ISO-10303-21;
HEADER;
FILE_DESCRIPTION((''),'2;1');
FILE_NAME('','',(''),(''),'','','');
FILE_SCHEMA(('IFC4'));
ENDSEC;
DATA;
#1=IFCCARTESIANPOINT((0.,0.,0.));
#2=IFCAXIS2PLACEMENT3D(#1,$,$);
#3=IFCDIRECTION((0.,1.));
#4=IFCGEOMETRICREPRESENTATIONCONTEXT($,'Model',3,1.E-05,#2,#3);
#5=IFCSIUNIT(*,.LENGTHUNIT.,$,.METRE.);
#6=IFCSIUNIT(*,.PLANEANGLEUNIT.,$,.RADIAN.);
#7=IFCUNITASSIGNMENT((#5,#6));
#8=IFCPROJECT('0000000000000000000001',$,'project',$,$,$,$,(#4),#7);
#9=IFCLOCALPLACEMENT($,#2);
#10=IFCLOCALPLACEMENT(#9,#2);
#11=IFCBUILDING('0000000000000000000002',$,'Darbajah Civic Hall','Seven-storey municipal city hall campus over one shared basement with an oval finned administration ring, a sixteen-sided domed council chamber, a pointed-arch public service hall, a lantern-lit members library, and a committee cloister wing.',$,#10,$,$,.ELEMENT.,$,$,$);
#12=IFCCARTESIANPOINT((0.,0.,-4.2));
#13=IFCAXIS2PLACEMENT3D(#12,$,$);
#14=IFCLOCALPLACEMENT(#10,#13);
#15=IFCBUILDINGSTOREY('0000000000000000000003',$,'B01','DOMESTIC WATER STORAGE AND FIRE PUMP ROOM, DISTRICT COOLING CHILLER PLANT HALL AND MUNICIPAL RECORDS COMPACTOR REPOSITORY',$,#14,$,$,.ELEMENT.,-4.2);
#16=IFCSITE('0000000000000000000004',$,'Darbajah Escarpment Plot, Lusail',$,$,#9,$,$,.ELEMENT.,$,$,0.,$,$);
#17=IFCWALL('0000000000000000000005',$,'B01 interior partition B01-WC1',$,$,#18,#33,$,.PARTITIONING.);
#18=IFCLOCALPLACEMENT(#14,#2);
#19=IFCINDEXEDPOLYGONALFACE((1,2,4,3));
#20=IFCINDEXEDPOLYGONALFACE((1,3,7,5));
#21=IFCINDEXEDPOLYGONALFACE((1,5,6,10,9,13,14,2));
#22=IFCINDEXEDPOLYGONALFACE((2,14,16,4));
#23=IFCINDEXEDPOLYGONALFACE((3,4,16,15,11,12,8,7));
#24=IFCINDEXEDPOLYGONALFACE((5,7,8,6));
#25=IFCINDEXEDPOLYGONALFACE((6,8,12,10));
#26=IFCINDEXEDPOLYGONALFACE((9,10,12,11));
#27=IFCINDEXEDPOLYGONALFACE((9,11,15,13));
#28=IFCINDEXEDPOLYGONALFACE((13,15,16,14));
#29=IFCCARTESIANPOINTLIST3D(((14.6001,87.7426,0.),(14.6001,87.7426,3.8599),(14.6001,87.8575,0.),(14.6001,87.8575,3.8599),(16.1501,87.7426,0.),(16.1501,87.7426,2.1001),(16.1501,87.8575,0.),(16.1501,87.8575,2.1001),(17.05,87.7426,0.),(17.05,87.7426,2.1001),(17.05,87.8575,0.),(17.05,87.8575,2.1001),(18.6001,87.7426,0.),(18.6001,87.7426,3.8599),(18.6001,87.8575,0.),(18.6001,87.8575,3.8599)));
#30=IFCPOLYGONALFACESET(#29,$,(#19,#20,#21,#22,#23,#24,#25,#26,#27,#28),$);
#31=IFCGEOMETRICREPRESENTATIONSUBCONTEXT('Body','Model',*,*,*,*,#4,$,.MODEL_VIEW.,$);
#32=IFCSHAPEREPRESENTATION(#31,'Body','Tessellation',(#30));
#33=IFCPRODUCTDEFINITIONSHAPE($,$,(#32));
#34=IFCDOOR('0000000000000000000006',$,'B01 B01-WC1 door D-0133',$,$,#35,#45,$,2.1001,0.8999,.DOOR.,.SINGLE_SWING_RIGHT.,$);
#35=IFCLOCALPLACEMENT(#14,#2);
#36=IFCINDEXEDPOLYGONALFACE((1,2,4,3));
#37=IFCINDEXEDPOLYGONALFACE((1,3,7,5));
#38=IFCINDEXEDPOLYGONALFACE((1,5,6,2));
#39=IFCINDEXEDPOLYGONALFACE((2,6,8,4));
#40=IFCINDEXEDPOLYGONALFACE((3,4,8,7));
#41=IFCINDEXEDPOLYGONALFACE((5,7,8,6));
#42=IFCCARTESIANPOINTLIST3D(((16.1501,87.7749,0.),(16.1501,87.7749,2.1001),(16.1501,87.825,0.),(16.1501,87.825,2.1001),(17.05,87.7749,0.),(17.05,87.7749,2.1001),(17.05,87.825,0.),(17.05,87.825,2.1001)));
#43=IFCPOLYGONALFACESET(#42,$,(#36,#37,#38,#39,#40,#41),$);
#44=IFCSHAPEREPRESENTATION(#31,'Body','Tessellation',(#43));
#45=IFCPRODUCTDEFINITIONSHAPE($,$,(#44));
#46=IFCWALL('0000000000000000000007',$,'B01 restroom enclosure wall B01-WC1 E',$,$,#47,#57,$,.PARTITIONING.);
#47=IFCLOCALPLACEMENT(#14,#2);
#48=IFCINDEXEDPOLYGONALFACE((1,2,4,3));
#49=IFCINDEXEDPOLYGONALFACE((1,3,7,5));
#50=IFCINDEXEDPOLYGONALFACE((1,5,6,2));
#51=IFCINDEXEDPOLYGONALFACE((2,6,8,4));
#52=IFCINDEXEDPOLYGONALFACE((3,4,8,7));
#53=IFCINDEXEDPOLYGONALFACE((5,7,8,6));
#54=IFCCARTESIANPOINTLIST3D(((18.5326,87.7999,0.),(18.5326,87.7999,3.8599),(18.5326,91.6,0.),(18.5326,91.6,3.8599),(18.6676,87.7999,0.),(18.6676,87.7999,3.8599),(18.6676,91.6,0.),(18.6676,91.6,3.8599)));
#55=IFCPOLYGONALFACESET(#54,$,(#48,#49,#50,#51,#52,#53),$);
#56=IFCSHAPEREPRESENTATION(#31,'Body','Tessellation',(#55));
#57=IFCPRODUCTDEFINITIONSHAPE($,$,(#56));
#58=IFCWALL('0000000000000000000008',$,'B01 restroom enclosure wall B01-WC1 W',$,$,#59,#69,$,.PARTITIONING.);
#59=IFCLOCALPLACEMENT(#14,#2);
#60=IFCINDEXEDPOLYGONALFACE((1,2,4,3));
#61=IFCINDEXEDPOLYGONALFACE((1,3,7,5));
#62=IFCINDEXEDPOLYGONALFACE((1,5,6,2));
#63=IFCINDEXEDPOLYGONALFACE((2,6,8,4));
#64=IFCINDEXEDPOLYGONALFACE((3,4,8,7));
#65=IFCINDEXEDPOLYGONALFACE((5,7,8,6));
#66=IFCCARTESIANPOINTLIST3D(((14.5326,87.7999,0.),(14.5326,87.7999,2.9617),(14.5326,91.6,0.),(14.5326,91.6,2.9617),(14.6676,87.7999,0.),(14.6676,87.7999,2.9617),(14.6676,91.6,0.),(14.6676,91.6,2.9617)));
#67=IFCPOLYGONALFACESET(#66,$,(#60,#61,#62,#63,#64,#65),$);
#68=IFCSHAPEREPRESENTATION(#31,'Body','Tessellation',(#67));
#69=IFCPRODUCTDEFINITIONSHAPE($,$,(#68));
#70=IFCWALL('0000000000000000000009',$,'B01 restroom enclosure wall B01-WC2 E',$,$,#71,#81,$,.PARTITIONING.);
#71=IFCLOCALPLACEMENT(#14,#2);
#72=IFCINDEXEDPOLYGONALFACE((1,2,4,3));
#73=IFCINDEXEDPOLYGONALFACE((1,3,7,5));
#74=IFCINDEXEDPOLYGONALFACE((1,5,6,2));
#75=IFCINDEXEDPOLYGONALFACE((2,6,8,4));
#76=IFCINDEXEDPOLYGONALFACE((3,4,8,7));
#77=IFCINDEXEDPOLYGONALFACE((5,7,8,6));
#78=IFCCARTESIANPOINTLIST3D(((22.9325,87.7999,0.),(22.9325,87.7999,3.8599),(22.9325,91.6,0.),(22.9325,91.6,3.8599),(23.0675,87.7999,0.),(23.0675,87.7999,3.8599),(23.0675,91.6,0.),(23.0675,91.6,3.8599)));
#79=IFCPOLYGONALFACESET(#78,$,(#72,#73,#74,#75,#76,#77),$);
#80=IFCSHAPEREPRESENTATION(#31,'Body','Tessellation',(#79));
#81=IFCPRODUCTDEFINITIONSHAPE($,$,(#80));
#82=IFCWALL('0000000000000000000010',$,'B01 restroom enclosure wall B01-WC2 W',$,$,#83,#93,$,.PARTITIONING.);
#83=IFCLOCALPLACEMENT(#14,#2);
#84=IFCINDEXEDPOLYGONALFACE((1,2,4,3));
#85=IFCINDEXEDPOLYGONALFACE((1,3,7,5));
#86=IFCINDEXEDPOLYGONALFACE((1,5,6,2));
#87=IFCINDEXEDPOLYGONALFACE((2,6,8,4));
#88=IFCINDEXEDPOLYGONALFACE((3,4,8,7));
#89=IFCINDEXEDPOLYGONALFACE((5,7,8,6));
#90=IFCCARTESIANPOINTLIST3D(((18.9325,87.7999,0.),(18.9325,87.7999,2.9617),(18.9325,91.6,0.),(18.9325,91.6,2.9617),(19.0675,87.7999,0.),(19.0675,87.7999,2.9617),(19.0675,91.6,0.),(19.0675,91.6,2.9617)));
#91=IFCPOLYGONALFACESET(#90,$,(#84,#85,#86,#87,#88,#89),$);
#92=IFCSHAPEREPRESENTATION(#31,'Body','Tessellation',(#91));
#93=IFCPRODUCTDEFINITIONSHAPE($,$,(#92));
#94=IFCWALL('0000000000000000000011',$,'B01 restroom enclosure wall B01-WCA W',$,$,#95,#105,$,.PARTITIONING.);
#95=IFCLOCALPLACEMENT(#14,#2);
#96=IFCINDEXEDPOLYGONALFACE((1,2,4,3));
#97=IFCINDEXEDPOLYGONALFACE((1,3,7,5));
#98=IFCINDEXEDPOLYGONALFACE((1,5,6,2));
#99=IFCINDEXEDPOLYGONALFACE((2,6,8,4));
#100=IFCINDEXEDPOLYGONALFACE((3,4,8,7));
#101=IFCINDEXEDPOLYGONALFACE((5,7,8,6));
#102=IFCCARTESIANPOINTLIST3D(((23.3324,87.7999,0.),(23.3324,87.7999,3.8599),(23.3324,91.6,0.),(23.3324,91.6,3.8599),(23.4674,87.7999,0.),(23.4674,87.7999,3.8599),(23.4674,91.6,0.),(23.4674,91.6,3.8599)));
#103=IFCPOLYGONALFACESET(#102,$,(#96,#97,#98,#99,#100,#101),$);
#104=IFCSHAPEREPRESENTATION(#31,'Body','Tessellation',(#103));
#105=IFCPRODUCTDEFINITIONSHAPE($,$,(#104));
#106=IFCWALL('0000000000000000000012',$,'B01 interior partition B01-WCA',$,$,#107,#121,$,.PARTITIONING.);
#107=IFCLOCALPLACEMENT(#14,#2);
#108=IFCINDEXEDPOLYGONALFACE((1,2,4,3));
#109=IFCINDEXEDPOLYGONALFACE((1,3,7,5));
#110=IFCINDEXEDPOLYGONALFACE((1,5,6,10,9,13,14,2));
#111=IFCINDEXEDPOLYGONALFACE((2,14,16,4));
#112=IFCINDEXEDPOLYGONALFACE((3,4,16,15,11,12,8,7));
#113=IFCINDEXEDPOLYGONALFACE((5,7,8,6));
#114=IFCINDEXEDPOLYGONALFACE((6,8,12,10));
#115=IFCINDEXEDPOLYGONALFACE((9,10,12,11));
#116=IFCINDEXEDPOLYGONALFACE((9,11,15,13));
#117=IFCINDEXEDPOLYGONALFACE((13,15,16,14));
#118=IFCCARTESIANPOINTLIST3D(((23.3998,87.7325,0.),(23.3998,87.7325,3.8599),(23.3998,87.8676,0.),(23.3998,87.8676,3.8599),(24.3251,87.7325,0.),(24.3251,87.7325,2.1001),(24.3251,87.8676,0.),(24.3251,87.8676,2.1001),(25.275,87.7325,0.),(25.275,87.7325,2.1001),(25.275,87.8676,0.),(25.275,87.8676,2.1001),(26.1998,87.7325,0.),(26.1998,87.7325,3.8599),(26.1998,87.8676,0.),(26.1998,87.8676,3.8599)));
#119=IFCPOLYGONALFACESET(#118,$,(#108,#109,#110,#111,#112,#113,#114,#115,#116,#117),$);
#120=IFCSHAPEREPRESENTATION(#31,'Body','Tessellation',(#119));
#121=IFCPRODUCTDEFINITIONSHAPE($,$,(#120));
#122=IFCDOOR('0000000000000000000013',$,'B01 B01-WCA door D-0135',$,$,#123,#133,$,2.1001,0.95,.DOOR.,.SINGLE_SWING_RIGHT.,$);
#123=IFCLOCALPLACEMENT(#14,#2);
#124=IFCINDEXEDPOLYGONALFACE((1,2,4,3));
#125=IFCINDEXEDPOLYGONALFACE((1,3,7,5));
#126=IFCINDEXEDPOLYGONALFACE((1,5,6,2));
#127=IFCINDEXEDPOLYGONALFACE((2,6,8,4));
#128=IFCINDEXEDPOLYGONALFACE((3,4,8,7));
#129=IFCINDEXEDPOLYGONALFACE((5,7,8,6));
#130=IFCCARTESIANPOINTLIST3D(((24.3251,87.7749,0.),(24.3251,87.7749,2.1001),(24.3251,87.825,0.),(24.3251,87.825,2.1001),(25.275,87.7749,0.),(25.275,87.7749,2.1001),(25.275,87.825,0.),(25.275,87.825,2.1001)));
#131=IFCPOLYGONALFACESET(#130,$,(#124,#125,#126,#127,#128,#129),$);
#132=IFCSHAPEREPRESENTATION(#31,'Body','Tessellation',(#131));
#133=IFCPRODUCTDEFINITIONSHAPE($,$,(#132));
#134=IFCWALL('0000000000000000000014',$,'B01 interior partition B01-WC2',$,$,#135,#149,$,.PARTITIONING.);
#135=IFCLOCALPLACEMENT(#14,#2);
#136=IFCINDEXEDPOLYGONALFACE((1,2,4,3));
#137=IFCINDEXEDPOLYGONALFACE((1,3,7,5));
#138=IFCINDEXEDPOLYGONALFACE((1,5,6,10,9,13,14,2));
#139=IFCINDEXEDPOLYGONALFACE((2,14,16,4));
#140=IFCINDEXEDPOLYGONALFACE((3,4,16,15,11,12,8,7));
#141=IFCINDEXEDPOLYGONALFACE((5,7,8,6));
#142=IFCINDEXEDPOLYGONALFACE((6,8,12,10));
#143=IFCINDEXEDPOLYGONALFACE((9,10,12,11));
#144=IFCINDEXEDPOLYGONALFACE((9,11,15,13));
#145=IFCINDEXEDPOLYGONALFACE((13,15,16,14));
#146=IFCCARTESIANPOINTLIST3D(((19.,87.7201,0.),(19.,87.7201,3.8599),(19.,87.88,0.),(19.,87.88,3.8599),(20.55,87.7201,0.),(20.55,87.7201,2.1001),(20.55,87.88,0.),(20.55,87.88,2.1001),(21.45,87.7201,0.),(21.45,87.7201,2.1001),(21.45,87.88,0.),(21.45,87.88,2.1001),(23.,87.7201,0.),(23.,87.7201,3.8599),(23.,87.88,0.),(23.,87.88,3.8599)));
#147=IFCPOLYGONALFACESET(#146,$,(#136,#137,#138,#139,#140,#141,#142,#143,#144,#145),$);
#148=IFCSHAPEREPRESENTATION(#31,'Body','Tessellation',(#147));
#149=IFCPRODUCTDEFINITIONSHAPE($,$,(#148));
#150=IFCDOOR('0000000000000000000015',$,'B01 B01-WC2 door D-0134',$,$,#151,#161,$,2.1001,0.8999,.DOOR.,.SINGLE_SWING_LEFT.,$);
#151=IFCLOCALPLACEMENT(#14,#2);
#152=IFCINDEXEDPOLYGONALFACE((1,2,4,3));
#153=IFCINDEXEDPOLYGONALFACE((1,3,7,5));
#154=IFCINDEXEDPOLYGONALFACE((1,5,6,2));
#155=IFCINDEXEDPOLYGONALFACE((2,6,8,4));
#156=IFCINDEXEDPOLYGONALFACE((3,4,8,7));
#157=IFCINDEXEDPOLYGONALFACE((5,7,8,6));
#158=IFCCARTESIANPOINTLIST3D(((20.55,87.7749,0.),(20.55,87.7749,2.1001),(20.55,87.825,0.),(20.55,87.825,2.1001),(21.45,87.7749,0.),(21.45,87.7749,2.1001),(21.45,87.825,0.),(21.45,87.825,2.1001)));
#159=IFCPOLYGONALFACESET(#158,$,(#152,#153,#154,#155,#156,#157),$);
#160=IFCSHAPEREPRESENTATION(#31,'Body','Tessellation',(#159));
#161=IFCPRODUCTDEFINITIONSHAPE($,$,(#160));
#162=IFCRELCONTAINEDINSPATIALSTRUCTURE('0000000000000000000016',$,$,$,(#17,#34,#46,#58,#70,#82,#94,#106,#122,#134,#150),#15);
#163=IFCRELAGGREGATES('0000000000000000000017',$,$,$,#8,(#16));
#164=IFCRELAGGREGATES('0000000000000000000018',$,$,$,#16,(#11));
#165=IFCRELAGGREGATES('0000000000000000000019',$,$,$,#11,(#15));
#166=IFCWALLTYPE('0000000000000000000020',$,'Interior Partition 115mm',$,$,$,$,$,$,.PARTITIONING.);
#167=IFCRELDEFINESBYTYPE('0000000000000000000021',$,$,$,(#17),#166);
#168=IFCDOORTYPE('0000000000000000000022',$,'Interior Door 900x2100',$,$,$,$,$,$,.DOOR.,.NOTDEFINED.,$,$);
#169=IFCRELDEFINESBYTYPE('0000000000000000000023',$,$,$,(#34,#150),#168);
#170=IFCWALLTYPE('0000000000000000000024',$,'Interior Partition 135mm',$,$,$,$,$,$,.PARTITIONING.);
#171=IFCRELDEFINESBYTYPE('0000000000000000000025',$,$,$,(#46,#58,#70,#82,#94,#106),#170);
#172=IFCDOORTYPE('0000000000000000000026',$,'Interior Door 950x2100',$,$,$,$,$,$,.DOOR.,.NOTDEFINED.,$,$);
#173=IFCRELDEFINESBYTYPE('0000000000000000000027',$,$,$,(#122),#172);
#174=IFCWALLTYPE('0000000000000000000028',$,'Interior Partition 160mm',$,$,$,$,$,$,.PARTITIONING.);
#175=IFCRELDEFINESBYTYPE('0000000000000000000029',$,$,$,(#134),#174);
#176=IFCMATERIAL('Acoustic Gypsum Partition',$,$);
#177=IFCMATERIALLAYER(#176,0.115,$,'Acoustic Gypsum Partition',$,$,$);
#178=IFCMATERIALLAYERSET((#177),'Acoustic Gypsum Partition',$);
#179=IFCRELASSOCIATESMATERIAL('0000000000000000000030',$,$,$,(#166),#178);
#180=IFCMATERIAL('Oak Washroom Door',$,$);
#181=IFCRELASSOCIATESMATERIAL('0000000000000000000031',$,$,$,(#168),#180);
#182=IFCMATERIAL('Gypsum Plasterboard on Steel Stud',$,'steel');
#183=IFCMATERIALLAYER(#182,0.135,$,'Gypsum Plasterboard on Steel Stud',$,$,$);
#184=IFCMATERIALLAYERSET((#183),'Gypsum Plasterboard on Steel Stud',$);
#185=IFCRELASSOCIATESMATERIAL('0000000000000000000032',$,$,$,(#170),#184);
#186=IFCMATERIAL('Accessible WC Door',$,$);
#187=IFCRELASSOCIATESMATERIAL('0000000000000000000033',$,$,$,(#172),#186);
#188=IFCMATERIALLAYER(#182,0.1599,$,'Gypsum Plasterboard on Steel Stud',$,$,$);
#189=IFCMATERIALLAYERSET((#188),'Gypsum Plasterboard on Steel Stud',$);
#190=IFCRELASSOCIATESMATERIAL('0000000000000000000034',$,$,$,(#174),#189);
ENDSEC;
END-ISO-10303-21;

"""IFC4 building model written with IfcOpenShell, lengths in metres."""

from ifc_helpers import new_model, si_unit, direction, frame, frame_2d, origin, place, context, subcontext, project, spatial, rectangle, extrude, material, layer, layer_set, type_object, element, fill, save


model = new_model("IFC4")

# Units and contexts
model_context = context("Model", 3, precision=1e-05, world=origin(), true_north=direction((0.0, 1.0)))
body_context = subcontext(model_context, "Body", "Model", "MODEL_VIEW")
ifc_project = project(units=[si_unit("LENGTHUNIT", "METRE"), si_unit("PLANEANGLEUNIT", "RADIAN")], contexts=[model_context])

# Site, building, storey
site_placement = place(None, origin())
site = spatial("IfcSite", under=ifc_project, at=site_placement, Name="Darbajah Escarpment Plot, Lusail", CompositionType="ELEMENT", RefElevation=0.0)
building_placement = place(site_placement, origin())
building = spatial("IfcBuilding", under=site, at=building_placement, Name="Darbajah Civic Hall", Description="Seven-storey municipal city hall campus over one shared basement with an oval finned administration ring, a sixteen-sided domed council chamber, a pointed-arch public service hall, a lantern-lit members library, and a committee cloister wing.", CompositionType="ELEMENT")
storey_placement = place(building_placement, frame((0.0, 0.0, -4.2)))
storey = spatial("IfcBuildingStorey", under=building, at=storey_placement, Name="B01", Description="DOMESTIC WATER STORAGE AND FIRE PUMP ROOM, DISTRICT COOLING CHILLER PLANT HALL AND MUNICIPAL RECORDS COMPACTOR REPOSITORY", CompositionType="ELEMENT", Elevation=-4.2)

# Wall, opening, door
ifc_material_1 = material(Name="Acoustic Gypsum Partition")
ifc_layer_1 = layer(ifc_material_1, 0.115, Name="Acoustic Gypsum Partition")
ifc_layer_set_1 = layer_set([ifc_layer_1], Name="Acoustic Gypsum Partition")
wall_type_1 = type_object("IfcWallType", Name="Interior Partition 115mm", PredefinedType="PARTITIONING", material=ifc_layer_set_1)
wall_1_placement = place(storey_placement, frame((14.6001, 87.8, 0.0), z_axis=(0.0, 0.0, 1.0), x_axis=(1.0, 0.0, 0.0)))
wall_1 = element("IfcWall", 1, at=wall_1_placement, inside=storey, type_object=wall_type_1, Name="B01 interior partition B01-WC1", PredefinedType="PARTITIONING", context=body_context, shape_type="SweptSolid", body=[
    extrude(rectangle(XDim=4.0, YDim=0.115, at=frame_2d((2.0, 0.0))), origin(), (0.0, 0.0, 1.0), 3.8599),
])
opening_1_placement = place(wall_1_placement, frame((1.55, 0.0, 0.0)))
opening_1 = element("IfcOpeningElement", 2, at=opening_1_placement, cuts=wall_1, PredefinedType="OPENING", context=body_context, shape_type="SweptSolid", body=[
    extrude(rectangle(XDim=0.8999, YDim=2.1001, at=frame_2d((0.45, 1.05))), frame((0.0, 0.0674, 0.0), z_axis=(0.0, -1.0, 0.0), x_axis=(1.0, 0.0, 0.0)), (0.0, 0.0, 1.0), 0.135),
])
ifc_material_2 = material(Name="Oak Washroom Door")
door_type_1 = type_object("IfcDoorType", Name="Interior Door 900x2100", OperationType="NOTDEFINED", PredefinedType="DOOR", material=ifc_material_2)
door_1_placement = place(opening_1_placement, origin())
door_1 = element("IfcDoor", 3, at=door_1_placement, inside=storey, type_object=door_type_1, Name="B01 B01-WC1 door D-0133", OperationType="SINGLE_SWING_RIGHT", OverallHeight=2.1001, OverallWidth=0.8999, PredefinedType="DOOR", context=body_context, shape_type="SweptSolid", body=[
    extrude(rectangle(XDim=0.8999, YDim=2.1001, at=frame_2d((0.45, 1.05))), frame((0.0, 0.0249, 0.0), z_axis=(0.0, -1.0, 0.0), x_axis=(1.0, 0.0, 0.0)), (0.0, 0.0, 1.0), 0.05),
])
fill(opening_1, door_1)

# Walls
ifc_material_3 = material(Name="Gypsum Plasterboard on Steel Stud", Category="steel")
ifc_layer_2 = layer(ifc_material_3, 0.135, Name="Gypsum Plasterboard on Steel Stud")
ifc_layer_set_2 = layer_set([ifc_layer_2], Name="Gypsum Plasterboard on Steel Stud")
wall_type_2 = type_object("IfcWallType", Name="Interior Partition 135mm", PredefinedType="PARTITIONING", material=ifc_layer_set_2)
wall_2_placement = place(storey_placement, frame((18.6001, 87.8, 0.0), z_axis=(0.0, 0.0, 1.0), x_axis=(0.0, 1.0, 0.0)))
element("IfcWall", 4, at=wall_2_placement, inside=storey, type_object=wall_type_2, Name="B01 restroom enclosure wall B01-WC1 E", PredefinedType="PARTITIONING", context=body_context, shape_type="SweptSolid", body=[
    extrude(rectangle(XDim=3.8, YDim=0.135, at=frame_2d((1.8999, 0.0))), origin(), (0.0, 0.0, 1.0), 3.8599),
])
wall_3_placement = place(storey_placement, frame((14.6001, 87.8, 0.0), z_axis=(0.0, 0.0, 1.0), x_axis=(0.0, 1.0, 0.0)))
element("IfcWall", 5, at=wall_3_placement, inside=storey, type_object=wall_type_2, Name="B01 restroom enclosure wall B01-WC1 W", PredefinedType="PARTITIONING", context=body_context, shape_type="SweptSolid", body=[
    extrude(rectangle(XDim=3.8, YDim=0.135, at=frame_2d((1.8999, 0.0))), origin(), (0.0, 0.0, 1.0), 2.9617),
])
wall_4_placement = place(storey_placement, frame((23.0, 87.8, 0.0), z_axis=(0.0, 0.0, 1.0), x_axis=(0.0, 1.0, 0.0)))
element("IfcWall", 6, at=wall_4_placement, inside=storey, type_object=wall_type_2, Name="B01 restroom enclosure wall B01-WC2 E", PredefinedType="PARTITIONING", context=body_context, shape_type="SweptSolid", body=[
    extrude(rectangle(XDim=3.8, YDim=0.135, at=frame_2d((1.8999, 0.0))), origin(), (0.0, 0.0, 1.0), 3.8599),
])
wall_5_placement = place(storey_placement, frame((19.0, 87.8, 0.0), z_axis=(0.0, 0.0, 1.0), x_axis=(0.0, 1.0, 0.0)))
element("IfcWall", 7, at=wall_5_placement, inside=storey, type_object=wall_type_2, Name="B01 restroom enclosure wall B01-WC2 W", PredefinedType="PARTITIONING", context=body_context, shape_type="SweptSolid", body=[
    extrude(rectangle(XDim=3.8, YDim=0.135, at=frame_2d((1.8999, 0.0))), origin(), (0.0, 0.0, 1.0), 2.9617),
])
wall_6_placement = place(storey_placement, frame((23.3999, 87.8, 0.0), z_axis=(0.0, 0.0, 1.0), x_axis=(0.0, 1.0, 0.0)))
element("IfcWall", 8, at=wall_6_placement, inside=storey, type_object=wall_type_2, Name="B01 restroom enclosure wall B01-WCA W", PredefinedType="PARTITIONING", context=body_context, shape_type="SweptSolid", body=[
    extrude(rectangle(XDim=3.8, YDim=0.135, at=frame_2d((1.8999, 0.0))), origin(), (0.0, 0.0, 1.0), 3.8599),
])

# Walls, openings, doors
wall_7_placement = place(storey_placement, frame((23.3999, 87.8, 0.0), z_axis=(0.0, 0.0, 1.0), x_axis=(1.0, 0.0, 0.0)))
wall_7 = element("IfcWall", 9, at=wall_7_placement, inside=storey, type_object=wall_type_2, Name="B01 interior partition B01-WCA", PredefinedType="PARTITIONING", context=body_context, shape_type="SweptSolid", body=[
    extrude(rectangle(XDim=2.8, YDim=0.135, at=frame_2d((1.3999, 0.0))), origin(), (0.0, 0.0, 1.0), 3.8599),
])
opening_2_placement = place(wall_7_placement, frame((0.925, 0.0, 0.0)))
opening_2 = element("IfcOpeningElement", 10, at=opening_2_placement, cuts=wall_7, PredefinedType="OPENING", context=body_context, shape_type="SweptSolid", body=[
    extrude(rectangle(XDim=0.95, YDim=2.1001, at=frame_2d((0.4751, 1.05))), frame((0.0, 0.0774, 0.0), z_axis=(0.0, -1.0, 0.0), x_axis=(1.0, 0.0, 0.0)), (0.0, 0.0, 1.0), 0.155),
])
ifc_material_4 = material(Name="Accessible WC Door")
door_type_2 = type_object("IfcDoorType", Name="Interior Door 950x2100", OperationType="NOTDEFINED", PredefinedType="DOOR", material=ifc_material_4)
door_2_placement = place(opening_2_placement, origin())
door_2 = element("IfcDoor", 11, at=door_2_placement, inside=storey, type_object=door_type_2, Name="B01 B01-WCA door D-0135", OperationType="SINGLE_SWING_RIGHT", OverallHeight=2.1001, OverallWidth=0.95, PredefinedType="DOOR", context=body_context, shape_type="SweptSolid", body=[
    extrude(rectangle(XDim=0.95, YDim=2.1001, at=frame_2d((0.4751, 1.05))), frame((0.0, 0.0249, 0.0), z_axis=(0.0, -1.0, 0.0), x_axis=(1.0, 0.0, 0.0)), (0.0, 0.0, 1.0), 0.05),
])
fill(opening_2, door_2)
ifc_layer_3 = layer(ifc_material_3, 0.1599, Name="Gypsum Plasterboard on Steel Stud")
ifc_layer_set_3 = layer_set([ifc_layer_3], Name="Gypsum Plasterboard on Steel Stud")
wall_type_3 = type_object("IfcWallType", Name="Interior Partition 160mm", PredefinedType="PARTITIONING", material=ifc_layer_set_3)
wall_8_placement = place(storey_placement, frame((19.0, 87.8, 0.0), z_axis=(0.0, 0.0, 1.0), x_axis=(1.0, 0.0, 0.0)))
wall_8 = element("IfcWall", 12, at=wall_8_placement, inside=storey, type_object=wall_type_3, Name="B01 interior partition B01-WC2", PredefinedType="PARTITIONING", context=body_context, shape_type="SweptSolid", body=[
    extrude(rectangle(XDim=4.0, YDim=0.1599, at=frame_2d((2.0, 0.0))), origin(), (0.0, 0.0, 1.0), 3.8599),
])
opening_3_placement = place(wall_8_placement, frame((1.55, 0.0, 0.0)))
opening_3 = element("IfcOpeningElement", 13, at=opening_3_placement, cuts=wall_8, PredefinedType="OPENING", context=body_context, shape_type="SweptSolid", body=[
    extrude(rectangle(XDim=0.8999, YDim=2.1001, at=frame_2d((0.45, 1.05))), frame((0.0, 0.0898, 0.0), z_axis=(0.0, -1.0, 0.0), x_axis=(1.0, 0.0, 0.0)), (0.0, 0.0, 1.0), 0.1799),
])
door_3_placement = place(opening_3_placement, origin())
door_3 = element("IfcDoor", 14, at=door_3_placement, inside=storey, type_object=door_type_1, Name="B01 B01-WC2 door D-0134", OperationType="SINGLE_SWING_LEFT", OverallHeight=2.1001, OverallWidth=0.8999, PredefinedType="DOOR", context=body_context, shape_type="SweptSolid", body=[
    extrude(rectangle(XDim=0.8999, YDim=2.1001, at=frame_2d((0.45, 1.05))), frame((0.0, 0.0249, 0.0), z_axis=(0.0, -1.0, 0.0), x_axis=(1.0, 0.0, 0.0)), (0.0, 0.0, 1.0), 0.05),
])
fill(opening_3, door_3)

save(model, "model.ifc")
